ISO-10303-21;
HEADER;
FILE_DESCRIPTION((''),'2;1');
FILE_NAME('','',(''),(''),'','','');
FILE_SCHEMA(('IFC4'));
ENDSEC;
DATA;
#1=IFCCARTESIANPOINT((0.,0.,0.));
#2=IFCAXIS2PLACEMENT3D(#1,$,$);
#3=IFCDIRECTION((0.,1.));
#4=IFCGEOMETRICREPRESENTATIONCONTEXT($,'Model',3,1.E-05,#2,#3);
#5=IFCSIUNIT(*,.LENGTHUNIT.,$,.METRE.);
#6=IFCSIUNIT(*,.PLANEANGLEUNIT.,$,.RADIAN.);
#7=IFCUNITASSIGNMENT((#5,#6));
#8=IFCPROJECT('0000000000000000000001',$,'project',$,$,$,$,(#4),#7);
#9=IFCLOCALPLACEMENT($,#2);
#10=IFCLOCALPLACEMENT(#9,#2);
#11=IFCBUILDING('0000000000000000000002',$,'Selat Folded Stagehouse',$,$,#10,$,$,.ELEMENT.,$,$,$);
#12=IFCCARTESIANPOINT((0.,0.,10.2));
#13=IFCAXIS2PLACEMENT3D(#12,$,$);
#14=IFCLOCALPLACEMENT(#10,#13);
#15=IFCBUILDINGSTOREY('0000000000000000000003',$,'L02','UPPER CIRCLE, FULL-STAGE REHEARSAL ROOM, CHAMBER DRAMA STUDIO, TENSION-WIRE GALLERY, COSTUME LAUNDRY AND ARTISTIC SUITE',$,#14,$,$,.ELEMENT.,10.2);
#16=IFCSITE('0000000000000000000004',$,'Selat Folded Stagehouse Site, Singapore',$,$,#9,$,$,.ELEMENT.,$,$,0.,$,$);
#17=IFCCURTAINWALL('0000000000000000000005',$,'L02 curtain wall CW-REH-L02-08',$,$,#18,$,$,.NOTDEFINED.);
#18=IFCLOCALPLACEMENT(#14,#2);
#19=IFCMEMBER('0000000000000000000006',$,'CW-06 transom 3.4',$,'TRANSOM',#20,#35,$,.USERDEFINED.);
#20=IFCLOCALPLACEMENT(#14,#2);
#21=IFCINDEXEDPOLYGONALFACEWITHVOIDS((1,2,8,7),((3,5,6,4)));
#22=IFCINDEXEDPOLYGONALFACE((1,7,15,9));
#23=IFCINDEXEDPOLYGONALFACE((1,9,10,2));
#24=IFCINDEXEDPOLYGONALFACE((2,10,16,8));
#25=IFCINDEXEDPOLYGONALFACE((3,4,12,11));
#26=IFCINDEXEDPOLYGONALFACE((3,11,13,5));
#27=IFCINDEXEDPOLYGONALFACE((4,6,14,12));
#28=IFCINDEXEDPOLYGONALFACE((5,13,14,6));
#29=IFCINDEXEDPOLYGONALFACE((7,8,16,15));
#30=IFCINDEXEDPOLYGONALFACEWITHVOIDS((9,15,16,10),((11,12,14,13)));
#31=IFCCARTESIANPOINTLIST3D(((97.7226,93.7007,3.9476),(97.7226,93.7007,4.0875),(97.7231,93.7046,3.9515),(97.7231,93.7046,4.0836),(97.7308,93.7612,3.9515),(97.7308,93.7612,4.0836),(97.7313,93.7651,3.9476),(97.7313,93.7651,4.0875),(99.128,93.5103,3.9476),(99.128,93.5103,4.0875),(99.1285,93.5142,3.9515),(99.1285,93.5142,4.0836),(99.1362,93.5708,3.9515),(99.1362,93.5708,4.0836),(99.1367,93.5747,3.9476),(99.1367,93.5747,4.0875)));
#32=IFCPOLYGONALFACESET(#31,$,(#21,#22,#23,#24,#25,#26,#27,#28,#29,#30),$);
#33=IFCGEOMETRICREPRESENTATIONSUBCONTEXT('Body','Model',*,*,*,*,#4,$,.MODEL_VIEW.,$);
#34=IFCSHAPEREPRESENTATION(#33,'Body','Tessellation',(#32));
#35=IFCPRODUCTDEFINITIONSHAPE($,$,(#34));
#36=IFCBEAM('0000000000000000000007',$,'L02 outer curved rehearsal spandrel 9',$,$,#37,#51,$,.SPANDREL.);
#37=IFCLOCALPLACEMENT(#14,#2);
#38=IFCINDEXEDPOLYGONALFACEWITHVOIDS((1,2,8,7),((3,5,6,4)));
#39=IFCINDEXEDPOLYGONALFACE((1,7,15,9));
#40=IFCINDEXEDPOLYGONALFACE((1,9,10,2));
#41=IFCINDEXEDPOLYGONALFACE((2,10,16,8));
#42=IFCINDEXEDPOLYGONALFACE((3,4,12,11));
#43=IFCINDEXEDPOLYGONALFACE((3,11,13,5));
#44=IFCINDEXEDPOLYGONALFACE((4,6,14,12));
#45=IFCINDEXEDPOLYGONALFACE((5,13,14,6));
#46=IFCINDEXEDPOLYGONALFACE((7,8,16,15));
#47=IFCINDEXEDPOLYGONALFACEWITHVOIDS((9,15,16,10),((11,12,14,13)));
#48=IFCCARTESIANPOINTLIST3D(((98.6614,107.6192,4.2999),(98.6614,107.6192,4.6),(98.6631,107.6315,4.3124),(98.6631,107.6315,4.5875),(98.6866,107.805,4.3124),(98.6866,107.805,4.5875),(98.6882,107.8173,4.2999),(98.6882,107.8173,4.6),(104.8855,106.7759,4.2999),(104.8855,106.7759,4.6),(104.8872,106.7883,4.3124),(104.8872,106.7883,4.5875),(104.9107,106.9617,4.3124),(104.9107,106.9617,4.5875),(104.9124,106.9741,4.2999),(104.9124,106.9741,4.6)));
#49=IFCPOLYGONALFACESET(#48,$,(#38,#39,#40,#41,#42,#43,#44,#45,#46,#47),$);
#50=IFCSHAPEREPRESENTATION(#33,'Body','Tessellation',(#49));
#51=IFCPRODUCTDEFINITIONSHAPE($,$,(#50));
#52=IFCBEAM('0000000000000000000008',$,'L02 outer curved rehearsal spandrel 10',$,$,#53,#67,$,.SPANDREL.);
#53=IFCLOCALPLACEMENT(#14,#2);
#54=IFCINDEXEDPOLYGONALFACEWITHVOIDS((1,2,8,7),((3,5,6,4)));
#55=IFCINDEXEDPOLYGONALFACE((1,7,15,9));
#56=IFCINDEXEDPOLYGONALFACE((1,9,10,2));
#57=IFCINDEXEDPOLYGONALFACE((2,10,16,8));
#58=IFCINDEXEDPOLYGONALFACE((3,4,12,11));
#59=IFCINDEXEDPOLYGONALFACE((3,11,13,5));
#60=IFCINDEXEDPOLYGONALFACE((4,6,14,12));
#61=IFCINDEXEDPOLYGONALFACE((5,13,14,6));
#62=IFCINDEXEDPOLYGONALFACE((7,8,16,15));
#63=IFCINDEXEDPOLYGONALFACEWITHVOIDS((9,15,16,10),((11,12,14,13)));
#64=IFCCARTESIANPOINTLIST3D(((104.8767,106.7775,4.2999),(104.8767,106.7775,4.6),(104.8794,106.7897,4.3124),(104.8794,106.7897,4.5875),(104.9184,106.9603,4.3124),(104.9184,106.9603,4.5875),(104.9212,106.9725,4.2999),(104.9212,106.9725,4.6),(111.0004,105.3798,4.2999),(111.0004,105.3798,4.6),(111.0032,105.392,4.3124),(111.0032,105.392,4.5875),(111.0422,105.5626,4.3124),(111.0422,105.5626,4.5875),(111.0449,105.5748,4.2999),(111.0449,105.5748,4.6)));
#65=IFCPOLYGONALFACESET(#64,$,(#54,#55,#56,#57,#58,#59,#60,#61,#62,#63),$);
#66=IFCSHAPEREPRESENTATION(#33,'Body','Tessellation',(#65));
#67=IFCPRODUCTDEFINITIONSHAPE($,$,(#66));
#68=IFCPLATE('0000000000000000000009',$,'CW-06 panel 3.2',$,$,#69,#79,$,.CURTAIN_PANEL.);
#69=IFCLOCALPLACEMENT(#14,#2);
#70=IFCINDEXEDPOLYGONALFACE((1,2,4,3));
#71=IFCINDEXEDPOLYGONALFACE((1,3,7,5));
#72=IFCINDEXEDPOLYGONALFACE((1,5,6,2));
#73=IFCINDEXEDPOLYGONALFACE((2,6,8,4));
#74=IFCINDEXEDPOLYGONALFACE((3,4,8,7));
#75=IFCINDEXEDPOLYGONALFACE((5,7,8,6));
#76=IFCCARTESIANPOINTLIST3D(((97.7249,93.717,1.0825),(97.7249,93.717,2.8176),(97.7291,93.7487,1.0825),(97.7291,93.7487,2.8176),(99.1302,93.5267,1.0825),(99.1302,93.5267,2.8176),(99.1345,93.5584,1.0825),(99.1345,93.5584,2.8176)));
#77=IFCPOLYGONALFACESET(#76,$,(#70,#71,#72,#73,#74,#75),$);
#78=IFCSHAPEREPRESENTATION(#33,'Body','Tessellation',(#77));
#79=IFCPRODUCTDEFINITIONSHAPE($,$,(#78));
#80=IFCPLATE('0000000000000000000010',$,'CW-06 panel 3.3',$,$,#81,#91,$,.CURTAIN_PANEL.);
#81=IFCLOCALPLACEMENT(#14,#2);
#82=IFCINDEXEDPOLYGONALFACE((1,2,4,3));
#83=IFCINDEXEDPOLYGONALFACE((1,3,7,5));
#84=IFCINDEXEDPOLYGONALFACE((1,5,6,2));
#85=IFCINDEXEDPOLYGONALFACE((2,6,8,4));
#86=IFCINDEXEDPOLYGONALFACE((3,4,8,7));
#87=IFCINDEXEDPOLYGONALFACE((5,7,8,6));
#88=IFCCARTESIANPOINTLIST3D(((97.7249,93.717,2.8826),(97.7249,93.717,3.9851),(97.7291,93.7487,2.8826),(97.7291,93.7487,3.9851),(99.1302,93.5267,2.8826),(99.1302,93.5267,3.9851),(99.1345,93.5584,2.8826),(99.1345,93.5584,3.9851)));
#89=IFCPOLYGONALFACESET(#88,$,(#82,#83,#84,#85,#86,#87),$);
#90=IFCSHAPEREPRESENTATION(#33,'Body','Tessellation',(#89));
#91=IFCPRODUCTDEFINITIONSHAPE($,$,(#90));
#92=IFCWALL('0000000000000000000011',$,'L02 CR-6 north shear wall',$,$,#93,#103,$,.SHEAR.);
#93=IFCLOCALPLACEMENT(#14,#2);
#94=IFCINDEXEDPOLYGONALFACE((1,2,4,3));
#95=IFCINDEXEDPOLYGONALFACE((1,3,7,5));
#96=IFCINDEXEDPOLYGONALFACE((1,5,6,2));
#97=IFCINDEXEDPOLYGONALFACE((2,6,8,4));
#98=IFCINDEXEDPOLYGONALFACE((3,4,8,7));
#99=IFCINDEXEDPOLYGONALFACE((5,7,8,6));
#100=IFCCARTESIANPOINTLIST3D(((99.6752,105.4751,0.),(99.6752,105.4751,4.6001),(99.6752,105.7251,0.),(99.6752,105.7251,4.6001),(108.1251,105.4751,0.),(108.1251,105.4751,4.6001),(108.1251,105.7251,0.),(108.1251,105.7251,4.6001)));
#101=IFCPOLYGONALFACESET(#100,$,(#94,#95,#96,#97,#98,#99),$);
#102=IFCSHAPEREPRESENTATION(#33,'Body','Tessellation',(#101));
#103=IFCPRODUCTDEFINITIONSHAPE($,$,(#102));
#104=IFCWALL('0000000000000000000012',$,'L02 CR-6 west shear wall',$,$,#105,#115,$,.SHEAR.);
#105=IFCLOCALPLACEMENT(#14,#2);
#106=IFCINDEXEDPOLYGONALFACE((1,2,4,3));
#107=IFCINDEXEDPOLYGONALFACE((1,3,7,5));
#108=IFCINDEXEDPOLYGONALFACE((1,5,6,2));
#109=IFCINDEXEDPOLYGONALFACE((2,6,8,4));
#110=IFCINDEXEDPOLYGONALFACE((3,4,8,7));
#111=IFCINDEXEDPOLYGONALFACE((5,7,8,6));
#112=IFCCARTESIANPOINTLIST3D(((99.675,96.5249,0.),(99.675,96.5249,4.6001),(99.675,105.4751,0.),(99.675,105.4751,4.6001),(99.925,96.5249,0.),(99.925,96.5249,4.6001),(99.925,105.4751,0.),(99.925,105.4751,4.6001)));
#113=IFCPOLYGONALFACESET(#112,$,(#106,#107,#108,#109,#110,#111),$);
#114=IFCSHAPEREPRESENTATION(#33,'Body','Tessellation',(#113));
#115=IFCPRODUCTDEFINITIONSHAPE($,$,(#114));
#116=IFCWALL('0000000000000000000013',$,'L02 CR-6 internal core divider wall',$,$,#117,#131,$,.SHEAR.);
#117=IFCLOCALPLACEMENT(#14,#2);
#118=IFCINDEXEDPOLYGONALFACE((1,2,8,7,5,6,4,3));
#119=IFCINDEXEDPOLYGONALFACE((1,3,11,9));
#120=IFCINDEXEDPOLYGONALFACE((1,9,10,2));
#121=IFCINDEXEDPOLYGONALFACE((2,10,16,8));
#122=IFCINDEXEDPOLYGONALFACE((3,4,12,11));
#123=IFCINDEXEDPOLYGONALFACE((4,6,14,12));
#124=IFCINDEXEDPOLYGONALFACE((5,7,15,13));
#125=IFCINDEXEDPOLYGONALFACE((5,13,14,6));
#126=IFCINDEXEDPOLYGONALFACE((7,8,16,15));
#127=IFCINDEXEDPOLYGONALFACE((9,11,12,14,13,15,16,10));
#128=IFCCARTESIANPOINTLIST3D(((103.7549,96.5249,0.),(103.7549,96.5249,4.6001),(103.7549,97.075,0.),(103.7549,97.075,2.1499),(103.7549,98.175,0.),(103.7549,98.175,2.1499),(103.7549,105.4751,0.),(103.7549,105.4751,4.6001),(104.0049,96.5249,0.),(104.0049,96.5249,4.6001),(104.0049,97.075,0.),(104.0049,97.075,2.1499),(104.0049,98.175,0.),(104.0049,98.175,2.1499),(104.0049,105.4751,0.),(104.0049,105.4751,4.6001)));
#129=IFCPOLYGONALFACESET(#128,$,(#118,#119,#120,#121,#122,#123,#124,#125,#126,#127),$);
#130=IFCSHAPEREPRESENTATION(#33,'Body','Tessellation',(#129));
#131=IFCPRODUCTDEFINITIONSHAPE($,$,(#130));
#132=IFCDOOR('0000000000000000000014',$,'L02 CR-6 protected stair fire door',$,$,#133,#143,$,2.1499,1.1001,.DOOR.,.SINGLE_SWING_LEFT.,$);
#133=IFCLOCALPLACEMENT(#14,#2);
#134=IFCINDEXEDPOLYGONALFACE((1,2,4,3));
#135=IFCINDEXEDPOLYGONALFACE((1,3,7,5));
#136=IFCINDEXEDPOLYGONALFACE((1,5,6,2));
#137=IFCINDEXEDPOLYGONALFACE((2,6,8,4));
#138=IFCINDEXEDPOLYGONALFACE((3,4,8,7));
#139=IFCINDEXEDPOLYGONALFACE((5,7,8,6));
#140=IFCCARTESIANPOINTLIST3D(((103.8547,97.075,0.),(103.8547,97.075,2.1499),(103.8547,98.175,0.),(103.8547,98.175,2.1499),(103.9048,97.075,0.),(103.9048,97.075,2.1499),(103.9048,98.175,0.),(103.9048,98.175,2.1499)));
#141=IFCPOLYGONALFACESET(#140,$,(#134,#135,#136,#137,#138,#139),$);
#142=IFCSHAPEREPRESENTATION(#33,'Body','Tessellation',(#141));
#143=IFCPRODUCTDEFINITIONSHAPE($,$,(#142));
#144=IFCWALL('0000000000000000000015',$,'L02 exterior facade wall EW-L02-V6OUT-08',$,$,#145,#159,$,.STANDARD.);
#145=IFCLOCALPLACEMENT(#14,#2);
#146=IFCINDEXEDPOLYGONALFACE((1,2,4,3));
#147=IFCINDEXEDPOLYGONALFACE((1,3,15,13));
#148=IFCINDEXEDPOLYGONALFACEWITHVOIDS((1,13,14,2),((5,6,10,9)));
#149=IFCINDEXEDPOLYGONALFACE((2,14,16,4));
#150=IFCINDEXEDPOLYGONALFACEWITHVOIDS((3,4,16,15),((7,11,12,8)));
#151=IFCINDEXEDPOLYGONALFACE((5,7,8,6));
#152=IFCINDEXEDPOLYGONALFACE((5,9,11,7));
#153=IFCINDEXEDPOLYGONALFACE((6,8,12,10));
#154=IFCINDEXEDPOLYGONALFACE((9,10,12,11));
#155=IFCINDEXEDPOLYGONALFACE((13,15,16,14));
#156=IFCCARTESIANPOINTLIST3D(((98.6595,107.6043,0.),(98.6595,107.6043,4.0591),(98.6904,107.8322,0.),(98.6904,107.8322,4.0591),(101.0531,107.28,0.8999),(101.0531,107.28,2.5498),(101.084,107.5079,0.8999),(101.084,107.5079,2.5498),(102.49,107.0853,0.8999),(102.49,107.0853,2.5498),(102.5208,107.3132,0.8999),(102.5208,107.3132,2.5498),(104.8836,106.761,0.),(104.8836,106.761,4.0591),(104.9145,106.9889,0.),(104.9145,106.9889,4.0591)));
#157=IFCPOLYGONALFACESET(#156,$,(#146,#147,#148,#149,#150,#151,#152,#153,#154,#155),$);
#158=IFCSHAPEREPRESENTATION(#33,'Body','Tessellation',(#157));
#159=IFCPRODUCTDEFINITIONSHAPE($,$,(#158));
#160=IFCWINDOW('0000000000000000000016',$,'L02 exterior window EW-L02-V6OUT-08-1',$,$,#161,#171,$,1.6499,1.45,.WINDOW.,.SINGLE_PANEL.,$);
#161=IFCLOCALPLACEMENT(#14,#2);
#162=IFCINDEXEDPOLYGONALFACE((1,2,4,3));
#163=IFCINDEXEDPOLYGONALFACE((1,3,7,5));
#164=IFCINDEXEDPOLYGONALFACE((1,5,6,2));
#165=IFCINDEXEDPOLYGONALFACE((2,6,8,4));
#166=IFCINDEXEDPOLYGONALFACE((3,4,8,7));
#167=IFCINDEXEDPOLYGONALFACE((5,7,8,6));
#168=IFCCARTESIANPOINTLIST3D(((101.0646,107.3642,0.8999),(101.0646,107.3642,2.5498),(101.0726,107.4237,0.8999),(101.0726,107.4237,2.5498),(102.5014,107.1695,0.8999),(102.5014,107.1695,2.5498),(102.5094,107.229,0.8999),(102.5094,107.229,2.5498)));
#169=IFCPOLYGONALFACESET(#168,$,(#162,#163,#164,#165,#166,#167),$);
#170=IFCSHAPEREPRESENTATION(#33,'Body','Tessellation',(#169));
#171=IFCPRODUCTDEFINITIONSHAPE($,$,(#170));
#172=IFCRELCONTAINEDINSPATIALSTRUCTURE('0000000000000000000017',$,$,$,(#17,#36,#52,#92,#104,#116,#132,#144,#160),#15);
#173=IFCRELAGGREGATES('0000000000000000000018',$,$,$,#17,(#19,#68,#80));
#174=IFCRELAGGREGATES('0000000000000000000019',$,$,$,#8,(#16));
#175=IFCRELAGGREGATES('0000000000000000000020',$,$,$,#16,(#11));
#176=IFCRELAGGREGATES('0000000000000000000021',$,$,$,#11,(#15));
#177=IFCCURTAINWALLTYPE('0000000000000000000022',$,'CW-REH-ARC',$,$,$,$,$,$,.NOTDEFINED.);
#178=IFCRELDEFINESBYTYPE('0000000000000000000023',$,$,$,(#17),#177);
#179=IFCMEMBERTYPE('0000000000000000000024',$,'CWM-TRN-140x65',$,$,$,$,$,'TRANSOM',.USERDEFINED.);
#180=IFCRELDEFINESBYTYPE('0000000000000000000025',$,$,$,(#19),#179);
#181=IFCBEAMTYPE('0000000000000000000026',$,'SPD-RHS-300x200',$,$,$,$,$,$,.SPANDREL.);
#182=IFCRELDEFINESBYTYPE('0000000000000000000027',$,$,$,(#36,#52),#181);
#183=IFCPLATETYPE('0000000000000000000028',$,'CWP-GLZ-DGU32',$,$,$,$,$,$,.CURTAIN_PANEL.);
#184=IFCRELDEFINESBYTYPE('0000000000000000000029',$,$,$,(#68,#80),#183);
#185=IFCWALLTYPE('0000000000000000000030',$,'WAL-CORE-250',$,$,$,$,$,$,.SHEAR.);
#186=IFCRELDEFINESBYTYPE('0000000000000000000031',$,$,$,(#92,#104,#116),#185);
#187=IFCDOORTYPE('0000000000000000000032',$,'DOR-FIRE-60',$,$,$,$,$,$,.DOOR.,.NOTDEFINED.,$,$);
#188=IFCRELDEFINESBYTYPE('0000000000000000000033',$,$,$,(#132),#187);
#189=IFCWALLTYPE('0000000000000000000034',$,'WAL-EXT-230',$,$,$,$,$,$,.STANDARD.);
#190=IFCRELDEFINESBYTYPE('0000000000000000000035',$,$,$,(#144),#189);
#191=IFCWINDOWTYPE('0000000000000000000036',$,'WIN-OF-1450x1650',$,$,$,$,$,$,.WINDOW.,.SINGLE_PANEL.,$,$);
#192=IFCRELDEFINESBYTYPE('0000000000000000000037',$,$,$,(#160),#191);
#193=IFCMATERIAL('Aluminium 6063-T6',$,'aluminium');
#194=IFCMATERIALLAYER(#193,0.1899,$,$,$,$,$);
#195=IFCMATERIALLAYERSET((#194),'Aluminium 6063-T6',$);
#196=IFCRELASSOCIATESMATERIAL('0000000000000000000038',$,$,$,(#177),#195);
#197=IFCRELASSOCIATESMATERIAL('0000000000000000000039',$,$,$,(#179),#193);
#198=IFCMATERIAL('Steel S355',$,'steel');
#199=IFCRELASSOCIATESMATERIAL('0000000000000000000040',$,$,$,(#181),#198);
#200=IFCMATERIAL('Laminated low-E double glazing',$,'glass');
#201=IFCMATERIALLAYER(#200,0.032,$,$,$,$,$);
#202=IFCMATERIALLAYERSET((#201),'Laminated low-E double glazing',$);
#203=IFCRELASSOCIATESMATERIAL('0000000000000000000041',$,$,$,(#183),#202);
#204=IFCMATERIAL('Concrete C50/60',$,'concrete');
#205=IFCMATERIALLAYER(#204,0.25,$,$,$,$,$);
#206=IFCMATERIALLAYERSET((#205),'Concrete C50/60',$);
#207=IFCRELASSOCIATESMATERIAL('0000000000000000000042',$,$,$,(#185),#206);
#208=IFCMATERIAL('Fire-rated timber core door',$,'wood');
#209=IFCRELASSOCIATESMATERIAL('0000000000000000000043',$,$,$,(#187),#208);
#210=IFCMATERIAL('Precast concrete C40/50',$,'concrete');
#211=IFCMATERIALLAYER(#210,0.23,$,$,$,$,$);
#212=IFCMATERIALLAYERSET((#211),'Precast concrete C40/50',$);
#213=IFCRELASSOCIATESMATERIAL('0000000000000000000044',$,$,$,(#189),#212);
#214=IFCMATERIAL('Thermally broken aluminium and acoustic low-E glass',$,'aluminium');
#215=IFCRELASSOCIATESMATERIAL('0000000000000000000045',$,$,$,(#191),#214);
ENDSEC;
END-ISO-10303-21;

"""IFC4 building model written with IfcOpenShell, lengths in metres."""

from ifc_helpers import new_model, si_unit, direction, frame, frame_2d, origin, origin_2d, place, context, subcontext, project, spatial, rectangle, hollow_rectangle, extrude, material, layer, layer_set, material_profile, profile_set, type_object, element, fill, aggregate, save


model = new_model("IFC4")

# Units and contexts
model_context = context("Model", 3, precision=1e-05, world=origin(), true_north=direction((0.0, 1.0)))
body_context = subcontext(model_context, "Body", "Model", "MODEL_VIEW")
ifc_project = project(units=[si_unit("LENGTHUNIT", "METRE"), si_unit("PLANEANGLEUNIT", "RADIAN")], contexts=[model_context])

# Site, building, storey
site_placement = place(None, origin())
site = spatial("IfcSite", under=ifc_project, at=site_placement, Name="Selat Folded Stagehouse Site, Singapore", CompositionType="ELEMENT", RefElevation=0.0)
building_placement = place(site_placement, origin())
building = spatial("IfcBuilding", under=site, at=building_placement, Name="Selat Folded Stagehouse", CompositionType="ELEMENT")
storey_placement = place(building_placement, frame((0.0, 0.0, 10.2)))
storey = spatial("IfcBuildingStorey", under=building, at=storey_placement, Name="L02", Description="UPPER CIRCLE, FULL-STAGE REHEARSAL ROOM, CHAMBER DRAMA STUDIO, TENSION-WIRE GALLERY, COSTUME LAUNDRY AND ARTISTIC SUITE", CompositionType="ELEMENT", Elevation=10.2)

# Shared definitions
ifc_material_1 = material(Name="Steel S355", Category="steel")

# Curtain wall, member
ifc_material_2 = material(Name="Aluminium 6063-T6", Category="aluminium")
ifc_layer_1 = layer(ifc_material_2, 0.1899)
ifc_layer_set_1 = layer_set([ifc_layer_1], Name="Aluminium 6063-T6")
curtain_wall_type = type_object("IfcCurtainWallType", Name="CW-REH-ARC", PredefinedType="NOTDEFINED", material=ifc_layer_set_1)
curtain_wall_placement = place(storey_placement, origin())
curtain_wall = element("IfcCurtainWall", 1, at=curtain_wall_placement, inside=storey, type_object=curtain_wall_type, Name="L02 curtain wall CW-REH-L02-08", PredefinedType="NOTDEFINED")
ifc_material_profile_1 = material_profile(ifc_material_2, hollow_rectangle(XDim=0.0649, YDim=0.1399, WallThickness=0.0039, at=origin_2d()), Name="ALU 140x65x4.0")
ifc_profile_set_1 = profile_set([ifc_material_profile_1], Name="Aluminium 6063-T6")
member_type = type_object("IfcMemberType", Name="CWM-TRN-140x65", ElementType="TRANSOM", PredefinedType="USERDEFINED", material=ifc_profile_set_1)
member_placement = place(storey_placement, frame((99.1323, 93.5425, 4.0176), z_axis=(-0.990943, 0.134283, 0.0), x_axis=(-0.134283, -0.990943, 0.0)))
member = element("IfcMember", 2, at=member_placement, type_object=member_type, Name="CW-06 transom 3.4", ObjectType="TRANSOM", PredefinedType="USERDEFINED", context=body_context, shape_type="SweptSolid", body=[
    extrude(hollow_rectangle(XDim=0.0649, YDim=0.1399, WallThickness=0.0039, at=origin_2d()), origin(), (0.0, 0.0, 1.0), 1.4182),
])

# Beams
ifc_material_profile_2 = material_profile(ifc_material_1, hollow_rectangle(XDim=0.2, YDim=0.3, WallThickness=0.0125, at=origin_2d()), Name="RHS 300x200x12.5")
ifc_profile_set_2 = profile_set([ifc_material_profile_2], Name="Steel S355")
beam_type_1 = type_object("IfcBeamType", Name="SPD-RHS-300x200", PredefinedType="SPANDREL", material=ifc_profile_set_2)
beam_1_placement = place(storey_placement, frame((98.6748, 107.7183, 4.45), z_axis=(0.990947, -0.134256, 0.0), x_axis=(0.134256, 0.990947, 0.0)))
element("IfcBeam", 3, at=beam_1_placement, inside=storey, type_object=beam_type_1, Name="L02 outer curved rehearsal spandrel 9", PredefinedType="SPANDREL", context=body_context, shape_type="SweptSolid", body=[
    extrude(hollow_rectangle(XDim=0.2, YDim=0.3, WallThickness=0.0125, at=origin_2d()), origin(), (0.0, 0.0, 1.0), 6.281),
])
beam_2_placement = place(storey_placement, frame((104.8989, 106.875, 4.45), z_axis=(0.974928, -0.22252, 0.0), x_axis=(0.22252, 0.974928, 0.0)))
element("IfcBeam", 4, at=beam_2_placement, inside=storey, type_object=beam_type_1, Name="L02 outer curved rehearsal spandrel 10", PredefinedType="SPANDREL", context=body_context, shape_type="SweptSolid", body=[
    extrude(hollow_rectangle(XDim=0.2, YDim=0.3, WallThickness=0.0125, at=origin_2d()), origin(), (0.0, 0.0, 1.0), 6.2812),
])

# Plates
ifc_material_3 = material(Name="Laminated low-E double glazing", Category="glass")
ifc_layer_2 = layer(ifc_material_3, 0.032)
ifc_layer_set_2 = layer_set([ifc_layer_2], Name="Laminated low-E double glazing")
plate_type = type_object("IfcPlateType", Name="CWP-GLZ-DGU32", PredefinedType="CURTAIN_PANEL", material=ifc_layer_set_2)
plate_1_placement = place(storey_placement, frame((98.4297, 93.6377, 1.0825), z_axis=(0.0, 0.0, 1.0), x_axis=(-0.990953, 0.134212, 0.0)))
plate_1 = element("IfcPlate", 5, at=plate_1_placement, type_object=plate_type, Name="CW-06 panel 3.2", PredefinedType="CURTAIN_PANEL", context=body_context, shape_type="SweptSolid", body=[
    extrude(rectangle(XDim=1.4182, YDim=0.032, at=origin_2d()), origin(), (0.0, 0.0, 1.0), 1.7351),
])
plate_2_placement = place(storey_placement, frame((98.4297, 93.6377, 2.8826), z_axis=(0.0, 0.0, 1.0), x_axis=(-0.990953, 0.134212, 0.0)))
plate_2 = element("IfcPlate", 6, at=plate_2_placement, type_object=plate_type, Name="CW-06 panel 3.3", PredefinedType="CURTAIN_PANEL", context=body_context, shape_type="SweptSolid", body=[
    extrude(rectangle(XDim=1.4182, YDim=0.032, at=origin_2d()), origin(), (0.0, 0.0, 1.0), 1.1025),
])
aggregate(curtain_wall, [member, plate_1, plate_2])

# Walls
ifc_material_4 = material(Name="Concrete C50/60", Category="concrete")
ifc_layer_3 = layer(ifc_material_4, 0.25)
ifc_layer_set_3 = layer_set([ifc_layer_3], Name="Concrete C50/60")
wall_type_1 = type_object("IfcWallType", Name="WAL-CORE-250", PredefinedType="SHEAR", material=ifc_layer_set_3)
wall_1_placement = place(storey_placement, frame((99.675, 105.6001, 0.0), z_axis=(0.0, 0.0, 1.0), x_axis=(1.0, 0.0, 0.0)))
element("IfcWall", 7, at=wall_1_placement, inside=storey, type_object=wall_type_1, Name="L02 CR-6 north shear wall", PredefinedType="SHEAR", context=body_context, shape_type="SweptSolid", body=[
    extrude(rectangle(XDim=8.45, YDim=0.25, at=frame_2d((4.2251, 0.0))), origin(), (0.0, 0.0, 1.0), 4.6001),
])
wall_2_placement = place(storey_placement, frame((99.8, 96.5249, 0.0), z_axis=(0.0, 0.0, 1.0), x_axis=(0.0, 1.0, 0.0)))
element("IfcWall", 8, at=wall_2_placement, inside=storey, type_object=wall_type_1, Name="L02 CR-6 west shear wall", PredefinedType="SHEAR", context=body_context, shape_type="SweptSolid", body=[
    extrude(rectangle(XDim=8.9502, YDim=0.25, at=frame_2d((4.4751, 0.0))), origin(), (0.0, 0.0, 1.0), 4.6001),
])

# Wall, opening, door
wall_3_placement = place(storey_placement, frame((103.8799, 105.4751, 0.0), z_axis=(0.0, 0.0, 1.0), x_axis=(0.0, -1.0, 0.0)))
wall_3 = element("IfcWall", 9, at=wall_3_placement, inside=storey, type_object=wall_type_1, Name="L02 CR-6 internal core divider wall", PredefinedType="SHEAR", context=body_context, shape_type="SweptSolid", body=[
    extrude(rectangle(XDim=8.9502, YDim=0.25, at=frame_2d((4.4751, 0.0))), origin(), (0.0, 0.0, 1.0), 4.6001),
])
opening_1_placement = place(wall_3_placement, frame((7.3, 0.0, 0.0)))
opening_1 = element("IfcOpeningElement", 10, at=opening_1_placement, cuts=wall_3, PredefinedType="OPENING", context=body_context, shape_type="SweptSolid", body=[
    extrude(rectangle(XDim=1.1001, YDim=2.1499, at=frame_2d((0.55, 1.075))), frame((0.0, 0.135, 0.0), z_axis=(0.0, -1.0, 0.0), x_axis=(1.0, 0.0, 0.0)), (0.0, 0.0, 1.0), 0.27),
])
ifc_material_5 = material(Name="Fire-rated timber core door", Category="wood")
door_type = type_object("IfcDoorType", Name="DOR-FIRE-60", OperationType="NOTDEFINED", PredefinedType="DOOR", material=ifc_material_5)
door_placement = place(opening_1_placement, origin())
door = element("IfcDoor", 11, at=door_placement, inside=storey, type_object=door_type, Name="L02 CR-6 protected stair fire door", OperationType="SINGLE_SWING_LEFT", OverallHeight=2.1499, OverallWidth=1.1001, PredefinedType="DOOR", context=body_context, shape_type="SweptSolid", body=[
    extrude(rectangle(XDim=1.1001, YDim=2.1499, at=frame_2d((0.55, 1.075))), frame((0.0, 0.0249, 0.0), z_axis=(0.0, -1.0, 0.0), x_axis=(1.0, 0.0, 0.0)), (0.0, 0.0, 1.0), 0.05),
])
fill(opening_1, door)

# Wall, opening, window
ifc_material_6 = material(Name="Precast concrete C40/50", Category="concrete")
ifc_layer_4 = layer(ifc_material_6, 0.23)
ifc_layer_set_4 = layer_set([ifc_layer_4], Name="Precast concrete C40/50")
wall_type_2 = type_object("IfcWallType", Name="WAL-EXT-230", PredefinedType="STANDARD", material=ifc_layer_set_4)
wall_4_placement = place(storey_placement, frame((98.6748, 107.7183, 0.0), z_axis=(0.0, 0.0, 1.0), x_axis=(0.990947, -0.134256, 0.0)))
wall_4 = element("IfcWall", 12, at=wall_4_placement, inside=storey, type_object=wall_type_2, Name="L02 exterior facade wall EW-L02-V6OUT-08", PredefinedType="STANDARD", context=body_context, shape_type="SweptSolid", body=[
    extrude(rectangle(XDim=6.281, YDim=0.23, at=frame_2d((3.1406, 0.0))), origin(), (0.0, 0.0, 1.0), 4.0591),
])
opening_2_placement = place(wall_4_placement, frame((2.4155, 0.0, 0.8999)))
opening_2 = element("IfcOpeningElement", 13, at=opening_2_placement, cuts=wall_4, PredefinedType="OPENING", context=body_context, shape_type="SweptSolid", body=[
    extrude(rectangle(XDim=1.45, YDim=1.6499, at=frame_2d((0.7251, 0.825))), frame((0.0, 0.125, 0.0), z_axis=(0.0, -1.0, 0.0), x_axis=(1.0, 0.0, 0.0)), (0.0, 0.0, 1.0), 0.25),
])
ifc_material_7 = material(Name="Thermally broken aluminium and acoustic low-E glass", Category="aluminium")
window_type = type_object("IfcWindowType", Name="WIN-OF-1450x1650", PartitioningType="SINGLE_PANEL", PredefinedType="WINDOW", material=ifc_material_7)
window_placement = place(opening_2_placement, origin())
window = element("IfcWindow", 14, at=window_placement, inside=storey, type_object=window_type, Name="L02 exterior window EW-L02-V6OUT-08-1", OverallHeight=1.6499, OverallWidth=1.45, PartitioningType="SINGLE_PANEL", PredefinedType="WINDOW", context=body_context, shape_type="SweptSolid", body=[
    extrude(rectangle(XDim=1.45, YDim=1.6499, at=frame_2d((0.7251, 0.825))), frame((0.0, 0.03, 0.0), z_axis=(0.0, -1.0, 0.0), x_axis=(1.0, 0.0, 0.0)), (0.0, 0.0, 1.0), 0.0601),
])
fill(opening_2, window)

save(model, "model.ifc")
